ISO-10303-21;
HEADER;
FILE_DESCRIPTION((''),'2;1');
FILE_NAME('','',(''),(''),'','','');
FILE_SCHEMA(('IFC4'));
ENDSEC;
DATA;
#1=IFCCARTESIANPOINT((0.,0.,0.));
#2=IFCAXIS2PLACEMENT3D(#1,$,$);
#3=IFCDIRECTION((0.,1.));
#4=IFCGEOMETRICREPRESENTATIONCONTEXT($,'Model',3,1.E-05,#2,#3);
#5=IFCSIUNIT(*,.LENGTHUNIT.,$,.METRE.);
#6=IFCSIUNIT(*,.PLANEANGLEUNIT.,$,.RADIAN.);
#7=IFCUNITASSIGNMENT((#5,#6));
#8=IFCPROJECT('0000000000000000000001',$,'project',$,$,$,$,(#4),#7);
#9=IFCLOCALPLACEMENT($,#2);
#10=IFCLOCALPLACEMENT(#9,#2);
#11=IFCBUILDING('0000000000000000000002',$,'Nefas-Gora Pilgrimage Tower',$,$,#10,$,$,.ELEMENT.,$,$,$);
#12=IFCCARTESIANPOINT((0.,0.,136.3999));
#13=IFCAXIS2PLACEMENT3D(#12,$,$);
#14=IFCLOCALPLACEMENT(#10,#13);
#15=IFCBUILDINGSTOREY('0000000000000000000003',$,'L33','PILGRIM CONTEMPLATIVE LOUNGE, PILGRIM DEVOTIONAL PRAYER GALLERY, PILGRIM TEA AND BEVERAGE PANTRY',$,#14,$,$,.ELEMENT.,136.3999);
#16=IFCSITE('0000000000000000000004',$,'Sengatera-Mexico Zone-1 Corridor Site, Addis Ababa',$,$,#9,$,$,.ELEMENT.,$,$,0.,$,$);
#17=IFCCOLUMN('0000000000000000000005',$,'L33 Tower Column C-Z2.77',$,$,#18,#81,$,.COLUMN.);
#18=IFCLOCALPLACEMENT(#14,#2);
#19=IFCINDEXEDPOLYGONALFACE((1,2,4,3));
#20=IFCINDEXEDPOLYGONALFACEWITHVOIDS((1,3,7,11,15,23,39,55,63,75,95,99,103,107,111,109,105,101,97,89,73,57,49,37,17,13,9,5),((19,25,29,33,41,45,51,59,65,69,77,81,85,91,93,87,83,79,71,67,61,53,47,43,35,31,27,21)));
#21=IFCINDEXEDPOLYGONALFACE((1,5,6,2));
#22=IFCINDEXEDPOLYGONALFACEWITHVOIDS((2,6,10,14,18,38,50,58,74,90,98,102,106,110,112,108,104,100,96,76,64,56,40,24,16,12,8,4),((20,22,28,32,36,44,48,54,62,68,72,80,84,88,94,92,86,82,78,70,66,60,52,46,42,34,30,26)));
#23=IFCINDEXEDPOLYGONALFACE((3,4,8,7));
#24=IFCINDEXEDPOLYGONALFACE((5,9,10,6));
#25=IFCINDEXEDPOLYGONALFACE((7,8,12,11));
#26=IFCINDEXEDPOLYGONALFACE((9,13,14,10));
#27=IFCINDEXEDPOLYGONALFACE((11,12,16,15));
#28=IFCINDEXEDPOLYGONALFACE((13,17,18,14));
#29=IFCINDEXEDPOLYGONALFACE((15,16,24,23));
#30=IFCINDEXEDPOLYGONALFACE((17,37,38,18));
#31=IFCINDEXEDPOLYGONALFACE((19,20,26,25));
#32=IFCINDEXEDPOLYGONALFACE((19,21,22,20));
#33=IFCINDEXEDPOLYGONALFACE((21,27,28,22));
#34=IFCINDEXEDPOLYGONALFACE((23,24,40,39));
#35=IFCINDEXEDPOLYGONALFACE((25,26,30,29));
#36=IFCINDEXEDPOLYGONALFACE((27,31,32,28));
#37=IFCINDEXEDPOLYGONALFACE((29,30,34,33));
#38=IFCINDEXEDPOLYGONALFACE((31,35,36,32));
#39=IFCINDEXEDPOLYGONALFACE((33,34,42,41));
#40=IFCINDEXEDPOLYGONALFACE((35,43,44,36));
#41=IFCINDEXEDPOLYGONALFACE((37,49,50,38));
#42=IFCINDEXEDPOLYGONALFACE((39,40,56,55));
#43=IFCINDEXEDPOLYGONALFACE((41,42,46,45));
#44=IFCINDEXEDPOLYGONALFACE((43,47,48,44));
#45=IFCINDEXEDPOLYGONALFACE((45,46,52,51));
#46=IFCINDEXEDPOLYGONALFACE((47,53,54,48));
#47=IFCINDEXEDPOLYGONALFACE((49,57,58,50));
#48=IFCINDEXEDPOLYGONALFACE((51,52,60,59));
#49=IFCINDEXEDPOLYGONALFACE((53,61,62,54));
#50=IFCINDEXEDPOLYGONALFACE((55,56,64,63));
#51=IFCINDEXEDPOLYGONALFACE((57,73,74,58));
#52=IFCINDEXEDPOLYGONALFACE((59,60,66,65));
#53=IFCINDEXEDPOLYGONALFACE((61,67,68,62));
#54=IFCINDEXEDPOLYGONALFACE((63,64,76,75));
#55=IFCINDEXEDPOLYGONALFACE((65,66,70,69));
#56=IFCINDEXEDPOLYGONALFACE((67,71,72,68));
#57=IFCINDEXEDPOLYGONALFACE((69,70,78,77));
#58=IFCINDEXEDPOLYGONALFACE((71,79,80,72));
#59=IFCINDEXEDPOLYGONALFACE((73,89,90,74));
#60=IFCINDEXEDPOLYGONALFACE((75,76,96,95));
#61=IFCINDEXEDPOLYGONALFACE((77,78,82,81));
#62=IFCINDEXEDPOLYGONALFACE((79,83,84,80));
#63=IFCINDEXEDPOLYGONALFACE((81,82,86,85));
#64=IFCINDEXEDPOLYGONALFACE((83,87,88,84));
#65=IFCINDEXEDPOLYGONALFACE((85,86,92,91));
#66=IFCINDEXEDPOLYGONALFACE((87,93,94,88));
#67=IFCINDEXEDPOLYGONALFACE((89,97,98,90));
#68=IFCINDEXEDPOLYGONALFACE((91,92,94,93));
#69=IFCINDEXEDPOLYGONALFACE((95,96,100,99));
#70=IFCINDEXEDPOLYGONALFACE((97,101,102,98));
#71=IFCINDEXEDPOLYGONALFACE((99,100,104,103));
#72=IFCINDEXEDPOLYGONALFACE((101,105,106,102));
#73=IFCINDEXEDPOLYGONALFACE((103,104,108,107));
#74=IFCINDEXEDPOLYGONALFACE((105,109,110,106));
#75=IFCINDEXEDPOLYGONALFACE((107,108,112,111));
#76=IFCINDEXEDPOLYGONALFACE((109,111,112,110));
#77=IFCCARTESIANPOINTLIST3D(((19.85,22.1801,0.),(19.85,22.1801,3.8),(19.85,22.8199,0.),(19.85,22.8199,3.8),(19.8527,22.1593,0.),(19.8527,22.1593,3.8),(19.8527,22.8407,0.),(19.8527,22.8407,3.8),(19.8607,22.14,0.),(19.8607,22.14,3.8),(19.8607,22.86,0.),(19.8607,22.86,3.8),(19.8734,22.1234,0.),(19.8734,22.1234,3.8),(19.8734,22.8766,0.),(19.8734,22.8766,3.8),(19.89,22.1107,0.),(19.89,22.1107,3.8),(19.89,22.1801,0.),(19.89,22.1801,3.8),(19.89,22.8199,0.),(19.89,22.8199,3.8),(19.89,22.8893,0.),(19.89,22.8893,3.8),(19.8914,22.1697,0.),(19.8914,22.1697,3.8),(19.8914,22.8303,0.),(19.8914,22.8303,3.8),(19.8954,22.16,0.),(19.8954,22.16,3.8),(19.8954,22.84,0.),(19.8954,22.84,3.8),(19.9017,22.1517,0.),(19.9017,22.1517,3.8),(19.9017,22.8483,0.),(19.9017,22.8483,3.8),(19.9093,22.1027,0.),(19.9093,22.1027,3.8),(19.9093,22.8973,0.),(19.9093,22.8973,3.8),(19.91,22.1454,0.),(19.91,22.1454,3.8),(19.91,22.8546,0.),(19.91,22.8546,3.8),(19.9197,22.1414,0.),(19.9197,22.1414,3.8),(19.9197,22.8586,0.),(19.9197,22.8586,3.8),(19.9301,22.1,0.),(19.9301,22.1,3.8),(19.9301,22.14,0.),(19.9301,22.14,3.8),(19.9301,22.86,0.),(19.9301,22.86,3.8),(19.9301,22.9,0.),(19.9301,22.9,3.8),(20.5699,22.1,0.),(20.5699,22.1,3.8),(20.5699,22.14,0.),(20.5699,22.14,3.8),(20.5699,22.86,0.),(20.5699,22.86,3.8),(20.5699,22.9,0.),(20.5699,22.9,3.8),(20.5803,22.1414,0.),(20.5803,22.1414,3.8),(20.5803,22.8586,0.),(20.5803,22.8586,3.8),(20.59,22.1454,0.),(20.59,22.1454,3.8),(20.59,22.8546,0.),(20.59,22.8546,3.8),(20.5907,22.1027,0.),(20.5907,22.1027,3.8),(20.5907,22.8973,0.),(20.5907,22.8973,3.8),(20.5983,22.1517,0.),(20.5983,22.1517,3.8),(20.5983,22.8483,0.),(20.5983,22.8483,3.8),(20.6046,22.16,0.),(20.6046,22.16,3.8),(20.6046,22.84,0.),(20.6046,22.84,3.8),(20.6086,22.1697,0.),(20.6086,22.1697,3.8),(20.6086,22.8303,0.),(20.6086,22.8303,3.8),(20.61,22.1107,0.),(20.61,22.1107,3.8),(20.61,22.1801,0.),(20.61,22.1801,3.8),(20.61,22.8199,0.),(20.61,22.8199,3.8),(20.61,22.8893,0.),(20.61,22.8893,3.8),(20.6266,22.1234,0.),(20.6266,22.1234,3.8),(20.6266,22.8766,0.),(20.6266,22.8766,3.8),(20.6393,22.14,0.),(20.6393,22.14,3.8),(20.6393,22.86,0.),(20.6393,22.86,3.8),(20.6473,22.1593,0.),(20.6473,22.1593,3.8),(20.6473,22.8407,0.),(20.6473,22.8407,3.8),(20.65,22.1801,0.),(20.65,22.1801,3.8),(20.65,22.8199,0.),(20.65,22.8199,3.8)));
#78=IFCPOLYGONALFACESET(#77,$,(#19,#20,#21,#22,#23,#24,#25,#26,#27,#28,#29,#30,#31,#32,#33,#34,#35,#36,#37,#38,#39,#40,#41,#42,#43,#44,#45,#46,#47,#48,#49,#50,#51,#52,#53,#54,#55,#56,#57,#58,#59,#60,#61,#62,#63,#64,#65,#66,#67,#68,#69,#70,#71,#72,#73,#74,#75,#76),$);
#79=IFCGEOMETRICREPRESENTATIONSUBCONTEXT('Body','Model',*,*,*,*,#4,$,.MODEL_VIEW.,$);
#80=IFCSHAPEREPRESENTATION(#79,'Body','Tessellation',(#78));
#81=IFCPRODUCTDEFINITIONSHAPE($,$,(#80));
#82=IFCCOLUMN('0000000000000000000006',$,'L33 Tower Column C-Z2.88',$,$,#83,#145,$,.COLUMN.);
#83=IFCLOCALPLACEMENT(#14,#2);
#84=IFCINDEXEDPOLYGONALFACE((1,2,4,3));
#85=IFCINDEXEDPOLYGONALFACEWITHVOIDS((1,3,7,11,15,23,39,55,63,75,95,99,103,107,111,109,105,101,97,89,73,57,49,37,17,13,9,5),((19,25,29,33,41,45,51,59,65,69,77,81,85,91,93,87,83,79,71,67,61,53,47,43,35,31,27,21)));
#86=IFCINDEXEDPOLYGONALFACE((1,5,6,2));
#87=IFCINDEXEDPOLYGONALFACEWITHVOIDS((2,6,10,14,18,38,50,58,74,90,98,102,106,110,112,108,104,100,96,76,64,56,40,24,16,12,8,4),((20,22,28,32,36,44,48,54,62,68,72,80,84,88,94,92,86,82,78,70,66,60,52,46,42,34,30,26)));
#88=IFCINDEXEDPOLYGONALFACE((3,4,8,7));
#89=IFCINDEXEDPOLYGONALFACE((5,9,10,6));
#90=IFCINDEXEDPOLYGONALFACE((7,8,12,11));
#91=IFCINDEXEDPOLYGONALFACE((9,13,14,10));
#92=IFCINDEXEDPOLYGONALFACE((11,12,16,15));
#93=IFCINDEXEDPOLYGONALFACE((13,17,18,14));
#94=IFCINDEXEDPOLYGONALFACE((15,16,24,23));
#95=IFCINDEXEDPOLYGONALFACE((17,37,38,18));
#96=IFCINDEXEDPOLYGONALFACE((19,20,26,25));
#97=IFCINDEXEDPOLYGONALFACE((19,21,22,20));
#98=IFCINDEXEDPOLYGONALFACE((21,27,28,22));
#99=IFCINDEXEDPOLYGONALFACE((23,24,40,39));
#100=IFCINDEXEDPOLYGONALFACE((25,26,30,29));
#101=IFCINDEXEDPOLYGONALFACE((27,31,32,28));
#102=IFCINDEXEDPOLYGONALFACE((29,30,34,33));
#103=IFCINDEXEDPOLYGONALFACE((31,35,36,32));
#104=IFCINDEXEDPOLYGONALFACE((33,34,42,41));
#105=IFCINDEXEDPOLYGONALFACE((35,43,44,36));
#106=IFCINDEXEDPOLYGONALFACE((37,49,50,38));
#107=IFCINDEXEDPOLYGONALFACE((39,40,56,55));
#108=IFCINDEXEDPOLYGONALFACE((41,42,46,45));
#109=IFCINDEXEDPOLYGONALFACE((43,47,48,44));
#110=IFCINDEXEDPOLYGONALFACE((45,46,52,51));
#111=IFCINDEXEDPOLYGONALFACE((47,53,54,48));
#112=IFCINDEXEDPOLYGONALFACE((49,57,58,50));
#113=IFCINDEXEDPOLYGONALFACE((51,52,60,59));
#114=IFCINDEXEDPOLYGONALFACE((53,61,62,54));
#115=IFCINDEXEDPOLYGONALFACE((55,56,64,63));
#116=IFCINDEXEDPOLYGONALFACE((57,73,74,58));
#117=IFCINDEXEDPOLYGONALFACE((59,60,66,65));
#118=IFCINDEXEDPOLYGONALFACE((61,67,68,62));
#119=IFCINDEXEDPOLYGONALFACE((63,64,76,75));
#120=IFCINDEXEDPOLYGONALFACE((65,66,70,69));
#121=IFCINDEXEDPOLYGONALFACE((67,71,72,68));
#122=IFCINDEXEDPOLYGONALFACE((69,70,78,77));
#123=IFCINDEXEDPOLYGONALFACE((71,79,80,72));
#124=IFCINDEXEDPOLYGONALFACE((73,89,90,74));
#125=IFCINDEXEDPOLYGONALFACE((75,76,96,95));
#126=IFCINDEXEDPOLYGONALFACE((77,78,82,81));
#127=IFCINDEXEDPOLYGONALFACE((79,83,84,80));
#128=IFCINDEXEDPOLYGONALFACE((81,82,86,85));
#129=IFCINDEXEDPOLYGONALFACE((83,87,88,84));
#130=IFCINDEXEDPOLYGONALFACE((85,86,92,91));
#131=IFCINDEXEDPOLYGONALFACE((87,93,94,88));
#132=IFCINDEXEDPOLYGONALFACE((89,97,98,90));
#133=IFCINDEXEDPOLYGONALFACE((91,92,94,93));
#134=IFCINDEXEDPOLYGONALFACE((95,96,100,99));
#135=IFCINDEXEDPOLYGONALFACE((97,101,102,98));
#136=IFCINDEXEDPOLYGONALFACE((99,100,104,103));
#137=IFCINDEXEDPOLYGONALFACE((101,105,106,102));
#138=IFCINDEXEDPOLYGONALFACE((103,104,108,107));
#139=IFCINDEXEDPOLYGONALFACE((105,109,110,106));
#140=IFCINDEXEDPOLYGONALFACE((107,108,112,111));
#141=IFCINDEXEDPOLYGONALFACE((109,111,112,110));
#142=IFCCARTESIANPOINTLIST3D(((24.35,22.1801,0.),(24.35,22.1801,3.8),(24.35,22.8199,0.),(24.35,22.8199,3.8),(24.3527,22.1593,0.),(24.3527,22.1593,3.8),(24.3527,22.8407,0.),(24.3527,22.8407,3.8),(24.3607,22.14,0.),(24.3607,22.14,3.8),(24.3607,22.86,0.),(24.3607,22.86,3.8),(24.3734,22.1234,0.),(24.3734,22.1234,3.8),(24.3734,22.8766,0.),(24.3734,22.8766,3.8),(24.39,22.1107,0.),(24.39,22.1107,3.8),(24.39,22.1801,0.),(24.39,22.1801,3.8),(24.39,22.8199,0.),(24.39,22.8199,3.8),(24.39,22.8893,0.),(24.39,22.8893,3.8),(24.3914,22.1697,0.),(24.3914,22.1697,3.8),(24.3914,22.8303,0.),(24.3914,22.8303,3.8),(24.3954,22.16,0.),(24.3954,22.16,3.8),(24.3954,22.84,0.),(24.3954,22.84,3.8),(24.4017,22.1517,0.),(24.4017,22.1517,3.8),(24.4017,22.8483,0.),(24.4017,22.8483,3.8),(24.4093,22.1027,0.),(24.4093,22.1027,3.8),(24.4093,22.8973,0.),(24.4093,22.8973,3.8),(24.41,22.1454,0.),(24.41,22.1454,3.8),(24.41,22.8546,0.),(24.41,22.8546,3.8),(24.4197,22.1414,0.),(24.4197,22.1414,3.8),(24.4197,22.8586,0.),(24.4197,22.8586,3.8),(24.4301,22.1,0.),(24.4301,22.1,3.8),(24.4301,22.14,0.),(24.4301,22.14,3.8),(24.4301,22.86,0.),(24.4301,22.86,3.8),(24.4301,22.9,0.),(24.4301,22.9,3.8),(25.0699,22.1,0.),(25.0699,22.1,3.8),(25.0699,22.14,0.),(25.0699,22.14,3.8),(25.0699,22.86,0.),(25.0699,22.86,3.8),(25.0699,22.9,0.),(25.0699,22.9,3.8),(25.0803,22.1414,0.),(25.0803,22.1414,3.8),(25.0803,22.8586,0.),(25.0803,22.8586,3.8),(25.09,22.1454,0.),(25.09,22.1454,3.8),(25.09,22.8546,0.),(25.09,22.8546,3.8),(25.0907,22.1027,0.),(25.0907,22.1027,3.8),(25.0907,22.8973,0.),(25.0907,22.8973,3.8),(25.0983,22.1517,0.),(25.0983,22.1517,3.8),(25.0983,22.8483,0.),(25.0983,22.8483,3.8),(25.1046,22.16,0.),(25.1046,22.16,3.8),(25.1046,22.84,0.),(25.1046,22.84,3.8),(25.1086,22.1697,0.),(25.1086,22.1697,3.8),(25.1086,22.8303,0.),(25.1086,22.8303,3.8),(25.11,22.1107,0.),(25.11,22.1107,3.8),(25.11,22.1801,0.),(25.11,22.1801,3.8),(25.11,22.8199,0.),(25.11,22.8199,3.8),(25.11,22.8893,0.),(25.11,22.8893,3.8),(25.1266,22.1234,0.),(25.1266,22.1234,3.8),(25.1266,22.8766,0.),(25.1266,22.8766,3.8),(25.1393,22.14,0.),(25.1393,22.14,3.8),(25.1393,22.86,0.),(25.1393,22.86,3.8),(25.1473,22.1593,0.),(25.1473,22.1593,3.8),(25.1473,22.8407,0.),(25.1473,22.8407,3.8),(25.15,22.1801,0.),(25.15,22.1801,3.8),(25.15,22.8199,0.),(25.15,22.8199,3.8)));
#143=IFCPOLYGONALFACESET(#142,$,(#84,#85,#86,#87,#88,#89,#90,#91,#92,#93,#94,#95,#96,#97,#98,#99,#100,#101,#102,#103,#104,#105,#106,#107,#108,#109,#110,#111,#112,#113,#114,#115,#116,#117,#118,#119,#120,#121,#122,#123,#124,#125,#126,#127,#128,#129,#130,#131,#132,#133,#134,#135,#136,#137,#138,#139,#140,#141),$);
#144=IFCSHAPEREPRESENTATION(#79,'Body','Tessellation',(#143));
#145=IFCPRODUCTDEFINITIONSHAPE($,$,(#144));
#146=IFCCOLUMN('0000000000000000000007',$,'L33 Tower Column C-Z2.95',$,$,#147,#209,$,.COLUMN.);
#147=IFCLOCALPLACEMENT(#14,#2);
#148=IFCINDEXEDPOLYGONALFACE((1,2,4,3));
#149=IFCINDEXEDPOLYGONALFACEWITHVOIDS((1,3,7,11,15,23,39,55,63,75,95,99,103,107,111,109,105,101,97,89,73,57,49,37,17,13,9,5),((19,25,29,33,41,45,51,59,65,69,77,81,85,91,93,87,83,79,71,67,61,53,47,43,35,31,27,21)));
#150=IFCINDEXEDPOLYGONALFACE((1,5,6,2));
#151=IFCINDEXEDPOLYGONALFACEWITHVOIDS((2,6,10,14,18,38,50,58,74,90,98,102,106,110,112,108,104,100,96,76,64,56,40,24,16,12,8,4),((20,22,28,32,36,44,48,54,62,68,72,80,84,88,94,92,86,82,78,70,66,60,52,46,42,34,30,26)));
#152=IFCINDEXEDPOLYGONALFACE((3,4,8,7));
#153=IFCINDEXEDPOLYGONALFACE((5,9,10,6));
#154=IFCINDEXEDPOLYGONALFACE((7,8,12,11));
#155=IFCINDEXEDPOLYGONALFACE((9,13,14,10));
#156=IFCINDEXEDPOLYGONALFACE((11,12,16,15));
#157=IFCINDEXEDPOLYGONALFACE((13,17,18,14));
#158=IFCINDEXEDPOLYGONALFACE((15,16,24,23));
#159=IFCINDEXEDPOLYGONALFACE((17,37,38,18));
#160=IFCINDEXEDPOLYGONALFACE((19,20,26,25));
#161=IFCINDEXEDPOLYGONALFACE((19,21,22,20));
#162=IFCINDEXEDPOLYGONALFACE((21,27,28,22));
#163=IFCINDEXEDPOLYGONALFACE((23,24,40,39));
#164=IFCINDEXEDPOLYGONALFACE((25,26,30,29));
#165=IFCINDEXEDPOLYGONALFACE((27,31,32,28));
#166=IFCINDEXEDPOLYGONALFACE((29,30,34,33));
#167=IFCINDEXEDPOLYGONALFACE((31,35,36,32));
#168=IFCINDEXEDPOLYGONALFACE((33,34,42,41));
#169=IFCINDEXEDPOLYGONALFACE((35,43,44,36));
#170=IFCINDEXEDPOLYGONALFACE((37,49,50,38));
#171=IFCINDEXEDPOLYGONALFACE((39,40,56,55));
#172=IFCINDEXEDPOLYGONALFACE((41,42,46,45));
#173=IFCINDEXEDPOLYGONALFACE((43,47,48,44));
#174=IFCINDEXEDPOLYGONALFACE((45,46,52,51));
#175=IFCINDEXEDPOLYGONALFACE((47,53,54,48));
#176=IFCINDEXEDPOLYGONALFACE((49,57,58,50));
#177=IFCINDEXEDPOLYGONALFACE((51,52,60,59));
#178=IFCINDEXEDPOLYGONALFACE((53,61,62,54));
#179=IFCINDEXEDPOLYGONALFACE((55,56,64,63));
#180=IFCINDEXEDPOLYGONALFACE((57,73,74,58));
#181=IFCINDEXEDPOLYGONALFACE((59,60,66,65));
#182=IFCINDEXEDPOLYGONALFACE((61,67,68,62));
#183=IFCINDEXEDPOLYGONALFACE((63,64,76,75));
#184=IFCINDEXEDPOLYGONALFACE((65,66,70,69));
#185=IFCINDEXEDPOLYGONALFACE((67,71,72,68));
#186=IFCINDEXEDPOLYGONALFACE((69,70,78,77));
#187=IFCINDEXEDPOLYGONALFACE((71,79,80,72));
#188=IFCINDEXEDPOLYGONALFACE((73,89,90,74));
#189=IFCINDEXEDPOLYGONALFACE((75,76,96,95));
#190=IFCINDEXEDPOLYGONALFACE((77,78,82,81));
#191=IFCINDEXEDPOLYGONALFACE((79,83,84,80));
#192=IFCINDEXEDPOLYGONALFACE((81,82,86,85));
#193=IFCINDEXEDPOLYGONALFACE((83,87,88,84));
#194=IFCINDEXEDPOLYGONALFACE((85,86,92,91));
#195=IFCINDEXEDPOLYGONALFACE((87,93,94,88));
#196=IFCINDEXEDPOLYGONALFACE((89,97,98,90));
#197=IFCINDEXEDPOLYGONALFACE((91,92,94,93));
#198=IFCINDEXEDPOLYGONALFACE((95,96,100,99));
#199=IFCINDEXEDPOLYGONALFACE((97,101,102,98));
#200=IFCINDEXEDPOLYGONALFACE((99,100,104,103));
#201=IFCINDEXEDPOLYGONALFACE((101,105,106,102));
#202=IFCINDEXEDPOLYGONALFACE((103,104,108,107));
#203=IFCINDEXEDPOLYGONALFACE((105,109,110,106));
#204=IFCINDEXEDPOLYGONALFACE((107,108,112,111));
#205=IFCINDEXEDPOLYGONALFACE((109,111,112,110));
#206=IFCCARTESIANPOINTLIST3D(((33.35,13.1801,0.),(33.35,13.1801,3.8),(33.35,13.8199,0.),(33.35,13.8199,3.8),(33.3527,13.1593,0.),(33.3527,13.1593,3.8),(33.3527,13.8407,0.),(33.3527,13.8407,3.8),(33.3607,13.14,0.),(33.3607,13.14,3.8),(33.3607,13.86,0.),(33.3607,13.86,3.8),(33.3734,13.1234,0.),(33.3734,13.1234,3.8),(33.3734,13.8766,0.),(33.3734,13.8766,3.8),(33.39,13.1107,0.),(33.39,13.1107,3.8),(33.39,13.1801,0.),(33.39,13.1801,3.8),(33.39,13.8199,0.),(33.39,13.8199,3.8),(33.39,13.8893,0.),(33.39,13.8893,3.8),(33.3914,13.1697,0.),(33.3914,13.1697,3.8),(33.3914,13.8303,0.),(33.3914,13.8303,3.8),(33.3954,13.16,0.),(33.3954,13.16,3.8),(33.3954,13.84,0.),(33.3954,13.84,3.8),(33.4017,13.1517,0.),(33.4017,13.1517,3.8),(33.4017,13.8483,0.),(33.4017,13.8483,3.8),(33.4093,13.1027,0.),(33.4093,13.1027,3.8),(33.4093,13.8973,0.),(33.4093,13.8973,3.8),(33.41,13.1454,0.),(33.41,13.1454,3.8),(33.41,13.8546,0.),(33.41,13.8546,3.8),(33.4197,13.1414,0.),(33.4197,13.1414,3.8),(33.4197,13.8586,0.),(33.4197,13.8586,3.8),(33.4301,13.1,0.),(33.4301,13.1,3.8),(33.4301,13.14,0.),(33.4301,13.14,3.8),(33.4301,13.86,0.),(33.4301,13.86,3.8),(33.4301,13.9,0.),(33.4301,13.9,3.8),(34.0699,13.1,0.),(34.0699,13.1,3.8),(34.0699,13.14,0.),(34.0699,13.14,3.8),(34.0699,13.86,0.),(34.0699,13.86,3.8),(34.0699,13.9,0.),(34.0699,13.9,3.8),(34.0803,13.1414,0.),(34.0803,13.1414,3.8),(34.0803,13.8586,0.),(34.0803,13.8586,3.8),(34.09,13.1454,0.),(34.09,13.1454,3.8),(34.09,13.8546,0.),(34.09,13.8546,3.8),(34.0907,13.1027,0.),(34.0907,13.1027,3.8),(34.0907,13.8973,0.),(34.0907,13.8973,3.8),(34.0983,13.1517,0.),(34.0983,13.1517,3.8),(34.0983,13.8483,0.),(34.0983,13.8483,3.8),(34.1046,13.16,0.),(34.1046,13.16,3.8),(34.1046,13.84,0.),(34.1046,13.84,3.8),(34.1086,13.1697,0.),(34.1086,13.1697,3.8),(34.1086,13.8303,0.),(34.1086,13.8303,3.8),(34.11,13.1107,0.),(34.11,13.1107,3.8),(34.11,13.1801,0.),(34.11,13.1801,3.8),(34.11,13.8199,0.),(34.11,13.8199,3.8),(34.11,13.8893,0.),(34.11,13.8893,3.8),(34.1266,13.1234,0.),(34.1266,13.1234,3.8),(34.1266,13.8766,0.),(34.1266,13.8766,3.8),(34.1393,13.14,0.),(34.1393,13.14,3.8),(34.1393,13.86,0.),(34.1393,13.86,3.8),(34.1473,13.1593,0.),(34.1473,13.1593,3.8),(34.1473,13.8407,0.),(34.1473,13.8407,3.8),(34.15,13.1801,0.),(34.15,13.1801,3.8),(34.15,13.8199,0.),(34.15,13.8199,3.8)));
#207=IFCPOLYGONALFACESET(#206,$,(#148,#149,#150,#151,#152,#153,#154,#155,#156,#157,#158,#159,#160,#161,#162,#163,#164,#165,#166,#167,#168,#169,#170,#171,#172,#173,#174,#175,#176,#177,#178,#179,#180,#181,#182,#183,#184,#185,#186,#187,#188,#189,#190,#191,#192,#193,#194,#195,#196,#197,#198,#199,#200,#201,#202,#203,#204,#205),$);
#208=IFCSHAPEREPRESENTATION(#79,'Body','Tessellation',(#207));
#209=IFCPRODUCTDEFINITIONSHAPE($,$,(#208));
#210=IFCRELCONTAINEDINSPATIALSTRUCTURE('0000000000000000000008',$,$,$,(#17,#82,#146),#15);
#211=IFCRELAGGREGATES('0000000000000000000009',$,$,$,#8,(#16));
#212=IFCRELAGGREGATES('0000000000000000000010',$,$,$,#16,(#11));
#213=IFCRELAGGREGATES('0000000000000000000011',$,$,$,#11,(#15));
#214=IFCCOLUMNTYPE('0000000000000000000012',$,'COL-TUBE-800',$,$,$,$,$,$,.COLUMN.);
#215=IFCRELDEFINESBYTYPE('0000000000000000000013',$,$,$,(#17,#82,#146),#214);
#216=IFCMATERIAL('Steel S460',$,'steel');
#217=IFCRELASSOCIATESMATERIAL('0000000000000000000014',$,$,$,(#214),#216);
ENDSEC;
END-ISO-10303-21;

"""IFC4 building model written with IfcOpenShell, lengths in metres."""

from ifc_helpers import new_model, si_unit, direction, frame, origin, origin_2d, place, context, subcontext, project, spatial, hollow_rectangle, extrude, source, transform, mapped, material, material_profile, profile_set, type_object, element, save


model = new_model("IFC4")

# Units and contexts
model_context = context("Model", 3, precision=1e-05, world=origin(), true_north=direction((0.0, 1.0)))
body_context = subcontext(model_context, "Body", "Model", "MODEL_VIEW")
ifc_project = project(units=[si_unit("LENGTHUNIT", "METRE"), si_unit("PLANEANGLEUNIT", "RADIAN")], contexts=[model_context])

# Site, building, storey
site_placement = place(None, origin())
site = spatial("IfcSite", under=ifc_project, at=site_placement, Name="Sengatera-Mexico Zone-1 Corridor Site, Addis Ababa", CompositionType="ELEMENT", RefElevation=0.0)
building_placement = place(site_placement, origin())
building = spatial("IfcBuilding", under=site, at=building_placement, Name="Nefas-Gora Pilgrimage Tower", CompositionType="ELEMENT")
storey_placement = place(building_placement, frame((0.0, 0.0, 136.3999)))
storey = spatial("IfcBuildingStorey", under=building, at=storey_placement, Name="L33", Description="PILGRIM CONTEMPLATIVE LOUNGE, PILGRIM DEVOTIONAL PRAYER GALLERY, PILGRIM TEA AND BEVERAGE PANTRY", CompositionType="ELEMENT", Elevation=136.3999)

# Columns
ifc_material_1 = material(Name="Steel S460", Category="steel")
ifc_material_profile_1 = material_profile(ifc_material_1, hollow_rectangle(XDim=0.8, YDim=0.8, WallThickness=0.04, InnerFilletRadius=0.04, OuterFilletRadius=0.0801, at=origin_2d()), Name="BOX 800x800x40")
ifc_profile_set_1 = profile_set([ifc_material_profile_1], Name="Steel S460")
column_type_1 = type_object("IfcColumnType", Name="COL-TUBE-800", PredefinedType="COLUMN", material=ifc_profile_set_1)
shared_shape_1 = source(origin(), body_context, "Body", "SweptSolid", [
    extrude(hollow_rectangle(XDim=0.8, YDim=0.8, WallThickness=0.04, InnerFilletRadius=0.04, OuterFilletRadius=0.0801, at=origin_2d()), origin(), (0.0, 0.0, 1.0), 3.8),
])
for number, where, z_axis, x_axis, name in (
    (1, (20.25, 22.5, 0.0), (0.0, 0.0, 1.0), (1.0, 0.0, 0.0), "L33 Tower Column C-Z2.77"),
    (2, (24.75, 22.5, 0.0), (0.0, 0.0, 1.0), (1.0, 0.0, 0.0), "L33 Tower Column C-Z2.88"),
    (3, (33.75, 13.5, 0.0), (0.0, 0.0, 1.0), (1.0, 0.0, 0.0), "L33 Tower Column C-Z2.95"),
):
    element("IfcColumn", number, at=place(storey_placement, frame(where, z_axis=z_axis, x_axis=x_axis)), inside=storey, type_object=column_type_1, Name=name, PredefinedType="COLUMN", context=body_context, shape_type="MappedRepresentation", body=[
        mapped(shared_shape_1, transform((0.0, 0.0, 0.0), x_axis=(1.0, 0.0, 0.0), y_axis=(0.0, 1.0, 0.0), z_axis=(0.0, 0.0, 1.0), scale=1.0)),
    ])

save(model, "model.ifc")
